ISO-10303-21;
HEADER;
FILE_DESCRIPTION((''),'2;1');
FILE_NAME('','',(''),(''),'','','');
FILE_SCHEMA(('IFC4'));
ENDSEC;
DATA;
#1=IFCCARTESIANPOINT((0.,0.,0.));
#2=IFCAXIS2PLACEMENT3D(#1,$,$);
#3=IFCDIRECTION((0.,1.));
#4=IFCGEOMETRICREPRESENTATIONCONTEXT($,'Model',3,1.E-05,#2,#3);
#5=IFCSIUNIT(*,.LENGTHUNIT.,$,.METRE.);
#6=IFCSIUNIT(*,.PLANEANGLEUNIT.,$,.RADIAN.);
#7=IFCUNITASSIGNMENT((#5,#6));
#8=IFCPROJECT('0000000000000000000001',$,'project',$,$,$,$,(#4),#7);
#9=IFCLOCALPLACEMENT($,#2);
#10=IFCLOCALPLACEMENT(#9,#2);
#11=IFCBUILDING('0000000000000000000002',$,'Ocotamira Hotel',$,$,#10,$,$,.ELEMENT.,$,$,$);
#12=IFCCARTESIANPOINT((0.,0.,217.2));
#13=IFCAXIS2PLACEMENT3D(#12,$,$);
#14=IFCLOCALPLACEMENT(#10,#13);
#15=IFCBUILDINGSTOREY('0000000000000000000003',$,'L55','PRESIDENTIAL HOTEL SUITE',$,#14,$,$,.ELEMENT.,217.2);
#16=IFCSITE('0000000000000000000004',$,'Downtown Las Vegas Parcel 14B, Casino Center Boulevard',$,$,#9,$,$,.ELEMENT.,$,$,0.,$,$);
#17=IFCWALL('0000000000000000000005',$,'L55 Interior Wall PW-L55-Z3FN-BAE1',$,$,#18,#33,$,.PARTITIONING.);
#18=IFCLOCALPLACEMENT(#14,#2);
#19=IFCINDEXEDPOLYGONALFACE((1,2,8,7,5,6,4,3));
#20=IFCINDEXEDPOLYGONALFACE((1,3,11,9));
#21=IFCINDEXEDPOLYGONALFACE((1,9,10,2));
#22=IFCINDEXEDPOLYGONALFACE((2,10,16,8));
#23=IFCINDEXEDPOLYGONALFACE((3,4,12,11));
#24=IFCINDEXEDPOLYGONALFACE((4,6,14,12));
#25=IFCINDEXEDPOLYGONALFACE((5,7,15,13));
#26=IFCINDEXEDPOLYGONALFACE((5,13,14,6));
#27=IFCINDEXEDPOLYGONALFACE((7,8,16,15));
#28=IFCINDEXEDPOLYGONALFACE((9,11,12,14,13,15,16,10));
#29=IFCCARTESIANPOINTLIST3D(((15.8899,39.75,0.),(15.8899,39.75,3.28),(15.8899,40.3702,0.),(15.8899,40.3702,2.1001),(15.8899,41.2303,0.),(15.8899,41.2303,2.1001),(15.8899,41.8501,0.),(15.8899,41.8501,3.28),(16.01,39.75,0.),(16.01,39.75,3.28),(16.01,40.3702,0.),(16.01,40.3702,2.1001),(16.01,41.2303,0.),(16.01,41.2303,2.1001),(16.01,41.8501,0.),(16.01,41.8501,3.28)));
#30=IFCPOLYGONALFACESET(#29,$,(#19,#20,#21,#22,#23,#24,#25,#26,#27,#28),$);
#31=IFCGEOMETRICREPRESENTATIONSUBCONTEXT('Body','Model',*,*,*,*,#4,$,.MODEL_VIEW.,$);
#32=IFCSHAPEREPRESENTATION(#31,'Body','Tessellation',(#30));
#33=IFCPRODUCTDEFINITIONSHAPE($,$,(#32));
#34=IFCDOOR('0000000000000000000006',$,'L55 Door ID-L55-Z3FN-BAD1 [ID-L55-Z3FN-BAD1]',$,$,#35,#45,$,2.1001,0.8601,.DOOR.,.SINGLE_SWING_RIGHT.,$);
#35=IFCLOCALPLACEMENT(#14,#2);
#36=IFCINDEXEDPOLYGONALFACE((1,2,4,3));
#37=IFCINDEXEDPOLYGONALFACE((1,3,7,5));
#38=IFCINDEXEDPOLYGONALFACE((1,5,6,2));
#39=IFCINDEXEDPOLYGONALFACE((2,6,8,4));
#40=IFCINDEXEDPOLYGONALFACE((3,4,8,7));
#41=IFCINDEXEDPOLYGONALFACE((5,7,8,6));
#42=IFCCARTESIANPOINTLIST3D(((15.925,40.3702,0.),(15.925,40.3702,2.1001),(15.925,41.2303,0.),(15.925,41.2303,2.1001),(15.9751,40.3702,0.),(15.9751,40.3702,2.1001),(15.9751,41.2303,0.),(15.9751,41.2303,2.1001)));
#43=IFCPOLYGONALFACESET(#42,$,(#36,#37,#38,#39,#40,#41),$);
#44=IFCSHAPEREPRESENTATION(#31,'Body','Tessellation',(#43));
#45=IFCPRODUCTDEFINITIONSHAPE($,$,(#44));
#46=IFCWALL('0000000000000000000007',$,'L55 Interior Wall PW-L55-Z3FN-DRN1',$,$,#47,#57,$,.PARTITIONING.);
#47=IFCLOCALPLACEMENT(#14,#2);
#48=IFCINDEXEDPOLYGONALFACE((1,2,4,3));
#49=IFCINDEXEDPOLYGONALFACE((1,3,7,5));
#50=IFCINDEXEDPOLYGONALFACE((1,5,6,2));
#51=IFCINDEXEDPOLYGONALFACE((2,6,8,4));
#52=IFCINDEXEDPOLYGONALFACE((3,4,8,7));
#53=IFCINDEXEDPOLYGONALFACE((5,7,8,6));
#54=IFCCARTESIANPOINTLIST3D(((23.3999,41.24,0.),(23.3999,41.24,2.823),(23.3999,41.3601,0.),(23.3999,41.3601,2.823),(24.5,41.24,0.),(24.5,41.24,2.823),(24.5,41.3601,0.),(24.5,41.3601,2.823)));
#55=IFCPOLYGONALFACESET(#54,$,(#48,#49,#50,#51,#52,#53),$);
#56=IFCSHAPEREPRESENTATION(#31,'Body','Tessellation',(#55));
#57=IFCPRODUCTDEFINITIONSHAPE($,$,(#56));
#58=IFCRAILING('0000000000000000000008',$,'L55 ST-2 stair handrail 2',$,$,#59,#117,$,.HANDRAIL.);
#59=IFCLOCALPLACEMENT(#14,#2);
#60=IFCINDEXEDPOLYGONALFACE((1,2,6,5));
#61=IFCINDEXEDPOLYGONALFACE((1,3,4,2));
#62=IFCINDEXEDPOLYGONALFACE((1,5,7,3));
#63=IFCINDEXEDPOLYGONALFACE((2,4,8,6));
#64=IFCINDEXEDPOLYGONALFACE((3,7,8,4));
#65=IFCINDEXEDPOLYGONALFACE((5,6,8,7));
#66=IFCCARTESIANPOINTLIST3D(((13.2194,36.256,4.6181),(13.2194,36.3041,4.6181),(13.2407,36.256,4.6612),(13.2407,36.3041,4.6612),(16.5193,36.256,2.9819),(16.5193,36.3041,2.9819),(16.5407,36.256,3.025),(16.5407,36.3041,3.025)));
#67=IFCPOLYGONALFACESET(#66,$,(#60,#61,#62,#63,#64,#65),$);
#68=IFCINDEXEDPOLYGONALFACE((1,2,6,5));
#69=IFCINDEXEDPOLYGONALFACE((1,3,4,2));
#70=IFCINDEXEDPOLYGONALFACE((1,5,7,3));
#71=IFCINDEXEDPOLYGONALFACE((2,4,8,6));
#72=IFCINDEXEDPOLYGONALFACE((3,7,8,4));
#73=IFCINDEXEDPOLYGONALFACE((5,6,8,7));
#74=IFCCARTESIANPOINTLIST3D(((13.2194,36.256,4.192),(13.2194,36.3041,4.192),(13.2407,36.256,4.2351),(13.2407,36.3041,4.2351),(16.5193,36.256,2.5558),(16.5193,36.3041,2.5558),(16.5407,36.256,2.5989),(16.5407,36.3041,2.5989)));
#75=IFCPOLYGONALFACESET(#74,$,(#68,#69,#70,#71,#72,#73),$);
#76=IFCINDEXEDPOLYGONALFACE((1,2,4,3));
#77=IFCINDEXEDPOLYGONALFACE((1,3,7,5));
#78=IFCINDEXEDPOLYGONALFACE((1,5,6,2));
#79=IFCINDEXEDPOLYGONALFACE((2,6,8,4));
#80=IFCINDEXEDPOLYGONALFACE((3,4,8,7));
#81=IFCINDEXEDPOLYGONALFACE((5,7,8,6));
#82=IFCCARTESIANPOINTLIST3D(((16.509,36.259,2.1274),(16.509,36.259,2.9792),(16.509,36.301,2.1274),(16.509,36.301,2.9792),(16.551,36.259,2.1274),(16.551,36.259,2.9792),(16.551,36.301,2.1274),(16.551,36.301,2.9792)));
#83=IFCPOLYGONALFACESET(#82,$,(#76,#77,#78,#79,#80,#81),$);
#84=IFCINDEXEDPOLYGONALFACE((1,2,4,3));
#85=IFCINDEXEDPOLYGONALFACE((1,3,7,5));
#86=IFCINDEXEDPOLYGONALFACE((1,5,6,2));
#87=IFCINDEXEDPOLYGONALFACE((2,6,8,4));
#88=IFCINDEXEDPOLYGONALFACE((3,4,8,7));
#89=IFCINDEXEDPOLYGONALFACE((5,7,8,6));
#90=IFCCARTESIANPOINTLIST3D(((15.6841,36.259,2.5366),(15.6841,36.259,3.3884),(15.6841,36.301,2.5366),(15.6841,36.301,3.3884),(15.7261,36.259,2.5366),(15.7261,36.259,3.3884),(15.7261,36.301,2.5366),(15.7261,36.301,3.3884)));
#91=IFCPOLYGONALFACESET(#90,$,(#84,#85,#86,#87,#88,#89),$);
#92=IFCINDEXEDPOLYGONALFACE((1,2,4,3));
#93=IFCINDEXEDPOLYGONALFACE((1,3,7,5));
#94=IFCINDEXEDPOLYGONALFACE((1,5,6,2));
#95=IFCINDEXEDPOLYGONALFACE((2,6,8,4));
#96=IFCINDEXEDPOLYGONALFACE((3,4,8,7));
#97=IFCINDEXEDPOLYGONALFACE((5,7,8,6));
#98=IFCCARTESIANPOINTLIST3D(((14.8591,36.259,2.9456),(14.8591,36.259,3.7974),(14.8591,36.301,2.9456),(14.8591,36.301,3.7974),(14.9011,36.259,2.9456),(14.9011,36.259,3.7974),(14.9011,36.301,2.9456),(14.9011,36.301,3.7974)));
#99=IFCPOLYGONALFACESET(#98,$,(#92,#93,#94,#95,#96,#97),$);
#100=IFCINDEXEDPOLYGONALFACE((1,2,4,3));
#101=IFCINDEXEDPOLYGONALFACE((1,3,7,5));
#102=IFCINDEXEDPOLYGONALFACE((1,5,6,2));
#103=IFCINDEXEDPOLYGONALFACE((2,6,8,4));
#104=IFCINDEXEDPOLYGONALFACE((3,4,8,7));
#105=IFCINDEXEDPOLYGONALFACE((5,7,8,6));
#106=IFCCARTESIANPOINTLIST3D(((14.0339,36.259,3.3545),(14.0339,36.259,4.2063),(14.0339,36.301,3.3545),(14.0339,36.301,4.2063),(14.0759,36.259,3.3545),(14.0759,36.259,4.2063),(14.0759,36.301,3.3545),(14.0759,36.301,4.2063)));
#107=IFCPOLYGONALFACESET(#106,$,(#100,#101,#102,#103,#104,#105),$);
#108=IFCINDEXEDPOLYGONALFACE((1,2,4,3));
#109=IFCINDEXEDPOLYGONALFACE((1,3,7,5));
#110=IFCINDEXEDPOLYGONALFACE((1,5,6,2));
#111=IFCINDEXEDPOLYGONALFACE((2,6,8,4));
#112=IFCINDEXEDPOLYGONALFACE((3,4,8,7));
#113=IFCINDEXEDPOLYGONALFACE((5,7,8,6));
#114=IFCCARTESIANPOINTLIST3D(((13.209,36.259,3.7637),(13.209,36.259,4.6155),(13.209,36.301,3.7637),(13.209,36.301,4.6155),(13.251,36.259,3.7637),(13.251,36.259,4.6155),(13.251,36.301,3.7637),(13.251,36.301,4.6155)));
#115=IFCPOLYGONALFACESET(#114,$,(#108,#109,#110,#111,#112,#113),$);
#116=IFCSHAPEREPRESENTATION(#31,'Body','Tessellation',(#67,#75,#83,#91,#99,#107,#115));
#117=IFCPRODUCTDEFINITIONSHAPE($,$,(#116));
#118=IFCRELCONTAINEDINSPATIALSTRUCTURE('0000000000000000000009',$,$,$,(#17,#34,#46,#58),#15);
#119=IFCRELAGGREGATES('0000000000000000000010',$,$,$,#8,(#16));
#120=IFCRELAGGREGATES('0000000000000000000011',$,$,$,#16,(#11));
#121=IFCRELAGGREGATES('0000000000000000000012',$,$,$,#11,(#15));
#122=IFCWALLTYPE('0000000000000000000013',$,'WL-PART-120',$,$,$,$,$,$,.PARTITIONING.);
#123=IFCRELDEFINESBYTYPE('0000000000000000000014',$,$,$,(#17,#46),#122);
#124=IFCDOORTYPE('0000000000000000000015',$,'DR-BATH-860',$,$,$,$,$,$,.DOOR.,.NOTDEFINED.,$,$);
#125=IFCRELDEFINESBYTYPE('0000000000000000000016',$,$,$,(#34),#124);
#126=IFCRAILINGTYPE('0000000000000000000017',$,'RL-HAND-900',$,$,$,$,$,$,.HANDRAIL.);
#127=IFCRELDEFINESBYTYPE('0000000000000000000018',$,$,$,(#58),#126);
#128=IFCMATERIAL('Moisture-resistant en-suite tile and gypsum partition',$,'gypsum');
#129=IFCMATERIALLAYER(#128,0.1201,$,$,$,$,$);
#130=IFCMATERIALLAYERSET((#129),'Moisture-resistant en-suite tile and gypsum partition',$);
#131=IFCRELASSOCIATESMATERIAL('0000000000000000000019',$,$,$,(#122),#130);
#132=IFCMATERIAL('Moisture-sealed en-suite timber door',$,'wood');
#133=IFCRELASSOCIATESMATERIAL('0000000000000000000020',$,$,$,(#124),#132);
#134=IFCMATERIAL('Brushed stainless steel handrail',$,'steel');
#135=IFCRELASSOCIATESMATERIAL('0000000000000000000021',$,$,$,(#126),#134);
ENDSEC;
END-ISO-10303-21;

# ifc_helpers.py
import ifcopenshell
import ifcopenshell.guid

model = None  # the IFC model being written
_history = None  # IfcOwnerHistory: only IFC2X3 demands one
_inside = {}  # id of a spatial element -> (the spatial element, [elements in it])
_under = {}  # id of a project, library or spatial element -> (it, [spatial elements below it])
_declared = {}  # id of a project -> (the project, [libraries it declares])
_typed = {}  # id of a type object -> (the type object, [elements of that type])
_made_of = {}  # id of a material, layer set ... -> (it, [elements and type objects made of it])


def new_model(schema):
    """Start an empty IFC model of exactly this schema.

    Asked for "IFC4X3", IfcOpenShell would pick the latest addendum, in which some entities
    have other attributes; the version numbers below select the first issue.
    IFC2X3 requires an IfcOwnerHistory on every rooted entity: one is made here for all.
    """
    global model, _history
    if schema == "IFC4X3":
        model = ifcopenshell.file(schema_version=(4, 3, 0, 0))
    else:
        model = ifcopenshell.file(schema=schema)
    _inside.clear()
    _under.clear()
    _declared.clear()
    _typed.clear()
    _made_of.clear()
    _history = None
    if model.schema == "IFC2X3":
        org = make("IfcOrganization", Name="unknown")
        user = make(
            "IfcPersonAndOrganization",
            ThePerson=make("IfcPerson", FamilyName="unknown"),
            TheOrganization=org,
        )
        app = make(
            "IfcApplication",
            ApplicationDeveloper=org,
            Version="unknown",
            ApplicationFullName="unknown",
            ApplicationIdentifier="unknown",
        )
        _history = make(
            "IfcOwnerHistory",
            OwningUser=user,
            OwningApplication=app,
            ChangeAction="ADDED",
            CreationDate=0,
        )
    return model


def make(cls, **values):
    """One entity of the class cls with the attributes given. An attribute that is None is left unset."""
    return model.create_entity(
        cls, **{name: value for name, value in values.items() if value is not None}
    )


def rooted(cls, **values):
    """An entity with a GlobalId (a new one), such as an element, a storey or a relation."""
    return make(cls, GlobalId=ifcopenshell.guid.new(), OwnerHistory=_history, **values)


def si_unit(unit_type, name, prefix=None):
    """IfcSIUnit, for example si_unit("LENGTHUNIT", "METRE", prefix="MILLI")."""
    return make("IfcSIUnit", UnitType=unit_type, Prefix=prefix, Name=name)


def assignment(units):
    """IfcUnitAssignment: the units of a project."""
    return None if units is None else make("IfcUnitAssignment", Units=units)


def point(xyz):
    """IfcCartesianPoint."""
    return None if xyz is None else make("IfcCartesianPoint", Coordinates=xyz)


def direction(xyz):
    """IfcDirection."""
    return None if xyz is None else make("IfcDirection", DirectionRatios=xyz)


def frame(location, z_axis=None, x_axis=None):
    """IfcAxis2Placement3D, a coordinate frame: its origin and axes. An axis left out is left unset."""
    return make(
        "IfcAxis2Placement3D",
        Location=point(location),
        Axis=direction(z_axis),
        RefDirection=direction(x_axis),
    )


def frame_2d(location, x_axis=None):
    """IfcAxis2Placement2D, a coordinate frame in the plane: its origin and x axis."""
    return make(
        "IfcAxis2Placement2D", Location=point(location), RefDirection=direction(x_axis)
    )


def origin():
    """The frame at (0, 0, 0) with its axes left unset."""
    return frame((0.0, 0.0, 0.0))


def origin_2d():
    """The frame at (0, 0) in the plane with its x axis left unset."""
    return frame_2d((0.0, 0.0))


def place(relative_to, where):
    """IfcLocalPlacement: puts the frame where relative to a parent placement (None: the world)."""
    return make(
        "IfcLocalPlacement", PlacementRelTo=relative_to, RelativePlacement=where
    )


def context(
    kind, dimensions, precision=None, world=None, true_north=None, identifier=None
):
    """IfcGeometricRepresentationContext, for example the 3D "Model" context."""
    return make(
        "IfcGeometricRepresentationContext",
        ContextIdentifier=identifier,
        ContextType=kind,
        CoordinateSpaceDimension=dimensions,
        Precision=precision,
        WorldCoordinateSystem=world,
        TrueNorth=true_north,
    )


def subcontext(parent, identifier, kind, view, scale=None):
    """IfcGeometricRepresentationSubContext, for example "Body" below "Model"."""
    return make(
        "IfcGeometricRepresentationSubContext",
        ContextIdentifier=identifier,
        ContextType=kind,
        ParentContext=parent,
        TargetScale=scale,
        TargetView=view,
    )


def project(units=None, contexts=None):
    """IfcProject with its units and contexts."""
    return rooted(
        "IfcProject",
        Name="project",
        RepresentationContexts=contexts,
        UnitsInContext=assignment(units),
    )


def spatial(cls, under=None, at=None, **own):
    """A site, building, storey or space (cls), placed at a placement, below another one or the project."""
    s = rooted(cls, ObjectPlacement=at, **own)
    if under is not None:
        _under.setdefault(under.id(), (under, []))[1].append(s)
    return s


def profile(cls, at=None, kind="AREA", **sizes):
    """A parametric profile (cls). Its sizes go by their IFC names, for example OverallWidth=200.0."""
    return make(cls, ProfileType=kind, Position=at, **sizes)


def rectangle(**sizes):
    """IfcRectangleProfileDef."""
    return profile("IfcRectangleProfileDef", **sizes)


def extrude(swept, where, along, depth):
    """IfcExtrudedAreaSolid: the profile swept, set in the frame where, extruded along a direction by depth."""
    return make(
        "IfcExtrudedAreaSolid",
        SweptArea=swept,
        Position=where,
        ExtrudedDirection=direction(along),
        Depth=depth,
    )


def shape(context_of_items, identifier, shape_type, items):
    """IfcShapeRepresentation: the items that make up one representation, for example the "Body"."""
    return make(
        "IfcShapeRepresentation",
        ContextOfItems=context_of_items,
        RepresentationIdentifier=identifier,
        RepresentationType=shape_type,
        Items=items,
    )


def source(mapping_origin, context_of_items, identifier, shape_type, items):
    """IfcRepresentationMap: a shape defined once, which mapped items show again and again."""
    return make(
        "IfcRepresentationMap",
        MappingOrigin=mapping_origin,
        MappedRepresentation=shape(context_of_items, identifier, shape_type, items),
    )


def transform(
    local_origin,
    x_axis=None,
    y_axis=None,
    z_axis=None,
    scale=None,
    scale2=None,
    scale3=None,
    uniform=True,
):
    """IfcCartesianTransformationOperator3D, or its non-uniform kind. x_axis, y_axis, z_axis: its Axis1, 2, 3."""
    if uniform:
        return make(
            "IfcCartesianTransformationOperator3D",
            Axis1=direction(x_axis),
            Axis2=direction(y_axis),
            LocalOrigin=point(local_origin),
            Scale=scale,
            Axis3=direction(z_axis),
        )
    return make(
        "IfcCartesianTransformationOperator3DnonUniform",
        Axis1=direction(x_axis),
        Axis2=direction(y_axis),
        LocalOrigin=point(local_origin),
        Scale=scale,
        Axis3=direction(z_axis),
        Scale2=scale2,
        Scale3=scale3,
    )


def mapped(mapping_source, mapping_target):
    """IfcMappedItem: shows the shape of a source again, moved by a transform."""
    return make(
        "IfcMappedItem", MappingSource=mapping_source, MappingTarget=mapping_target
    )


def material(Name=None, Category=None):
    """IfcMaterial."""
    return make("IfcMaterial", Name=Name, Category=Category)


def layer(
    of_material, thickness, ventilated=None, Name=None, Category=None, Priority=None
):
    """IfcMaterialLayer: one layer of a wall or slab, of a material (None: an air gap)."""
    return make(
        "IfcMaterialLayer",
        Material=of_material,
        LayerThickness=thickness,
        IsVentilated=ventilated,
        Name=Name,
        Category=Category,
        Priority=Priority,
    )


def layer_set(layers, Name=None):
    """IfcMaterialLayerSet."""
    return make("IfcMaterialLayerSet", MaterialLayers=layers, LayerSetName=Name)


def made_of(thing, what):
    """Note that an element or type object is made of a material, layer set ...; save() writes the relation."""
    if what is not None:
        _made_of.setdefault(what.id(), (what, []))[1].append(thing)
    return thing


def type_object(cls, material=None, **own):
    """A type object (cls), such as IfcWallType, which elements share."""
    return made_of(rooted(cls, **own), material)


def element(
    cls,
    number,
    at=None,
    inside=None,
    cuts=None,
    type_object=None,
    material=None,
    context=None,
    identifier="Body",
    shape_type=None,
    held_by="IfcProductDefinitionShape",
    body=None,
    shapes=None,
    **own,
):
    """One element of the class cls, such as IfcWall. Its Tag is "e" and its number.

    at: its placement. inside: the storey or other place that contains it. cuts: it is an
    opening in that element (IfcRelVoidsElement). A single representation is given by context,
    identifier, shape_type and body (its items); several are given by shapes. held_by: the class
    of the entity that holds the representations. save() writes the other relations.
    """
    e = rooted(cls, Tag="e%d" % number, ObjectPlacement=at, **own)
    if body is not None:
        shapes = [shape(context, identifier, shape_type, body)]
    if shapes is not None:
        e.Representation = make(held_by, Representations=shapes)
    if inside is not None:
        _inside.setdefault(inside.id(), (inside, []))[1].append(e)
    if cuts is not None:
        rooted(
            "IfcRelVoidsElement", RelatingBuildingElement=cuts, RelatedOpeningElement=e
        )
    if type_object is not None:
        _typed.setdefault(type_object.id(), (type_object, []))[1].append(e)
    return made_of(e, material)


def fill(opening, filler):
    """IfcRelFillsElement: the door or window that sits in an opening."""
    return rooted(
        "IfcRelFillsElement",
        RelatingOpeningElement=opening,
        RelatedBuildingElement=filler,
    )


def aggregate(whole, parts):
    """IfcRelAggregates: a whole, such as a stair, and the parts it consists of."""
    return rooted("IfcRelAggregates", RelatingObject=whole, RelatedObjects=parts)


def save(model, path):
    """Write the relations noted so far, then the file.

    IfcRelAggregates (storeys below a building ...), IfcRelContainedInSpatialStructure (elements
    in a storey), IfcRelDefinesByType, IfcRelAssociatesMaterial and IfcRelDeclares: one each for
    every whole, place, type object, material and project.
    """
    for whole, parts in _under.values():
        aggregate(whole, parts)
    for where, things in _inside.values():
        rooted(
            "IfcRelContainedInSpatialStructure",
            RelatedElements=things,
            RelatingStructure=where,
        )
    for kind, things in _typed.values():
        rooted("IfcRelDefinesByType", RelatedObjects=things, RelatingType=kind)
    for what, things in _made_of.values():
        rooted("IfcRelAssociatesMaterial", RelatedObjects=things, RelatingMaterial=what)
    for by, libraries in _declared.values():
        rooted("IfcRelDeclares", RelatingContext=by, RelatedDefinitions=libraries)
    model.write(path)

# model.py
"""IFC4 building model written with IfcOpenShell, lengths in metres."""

from ifc_helpers import new_model, si_unit, direction, frame, frame_2d, origin, origin_2d, place, context, subcontext, project, spatial, rectangle, extrude, source, transform, mapped, material, layer, layer_set, type_object, element, fill, save


model = new_model("IFC4")

# Units and contexts
model_context = context("Model", 3, precision=1e-05, world=origin(), true_north=direction((0.0, 1.0)))
body_context = subcontext(model_context, "Body", "Model", "MODEL_VIEW")
ifc_project = project(units=[si_unit("LENGTHUNIT", "METRE"), si_unit("PLANEANGLEUNIT", "RADIAN")], contexts=[model_context])

# Site, building, storey
site_placement = place(None, origin())
site = spatial("IfcSite", under=ifc_project, at=site_placement, Name="Downtown Las Vegas Parcel 14B, Casino Center Boulevard", CompositionType="ELEMENT", RefElevation=0.0)
building_placement = place(site_placement, origin())
building = spatial("IfcBuilding", under=site, at=building_placement, Name="Ocotamira Hotel", CompositionType="ELEMENT")
storey_placement = place(building_placement, frame((0.0, 0.0, 217.2)))
storey = spatial("IfcBuildingStorey", under=building, at=storey_placement, Name="L55", Description="PRESIDENTIAL HOTEL SUITE", CompositionType="ELEMENT", Elevation=217.2)

# Wall, opening, door
ifc_material_1 = material(Name="Moisture-resistant en-suite tile and gypsum partition", Category="gypsum")
ifc_layer_1 = layer(ifc_material_1, 0.1201)
ifc_layer_set_1 = layer_set([ifc_layer_1], Name="Moisture-resistant en-suite tile and gypsum partition")
wall_type = type_object("IfcWallType", Name="WL-PART-120", PredefinedType="PARTITIONING", material=ifc_layer_set_1)
wall_1_placement = place(storey_placement, frame((15.95, 39.75, 0.0), z_axis=(0.0, 0.0, 1.0), x_axis=(0.0, 1.0, 0.0)))
wall_1 = element("IfcWall", 1, at=wall_1_placement, inside=storey, type_object=wall_type, Name="L55 Interior Wall PW-L55-Z3FN-BAE1", PredefinedType="PARTITIONING", context=body_context, shape_type="SweptSolid", body=[
    extrude(rectangle(XDim=2.1001, YDim=0.1201, at=frame_2d((1.05, 0.0))), origin(), (0.0, 0.0, 1.0), 3.28),
])
opening_placement = place(wall_1_placement, frame((0.6201, 0.0, 0.0)))
opening = element("IfcOpeningElement", 2, at=opening_placement, cuts=wall_1, PredefinedType="OPENING", context=body_context, shape_type="SweptSolid", body=[
    extrude(rectangle(XDim=0.8601, YDim=2.1001, at=frame_2d((0.4302, 1.05))), frame((0.0, 0.0701, 0.0), z_axis=(0.0, -1.0, 0.0), x_axis=(1.0, 0.0, 0.0)), (0.0, 0.0, 1.0), 0.1401),
])
ifc_material_2 = material(Name="Moisture-sealed en-suite timber door", Category="wood")
door_type = type_object("IfcDoorType", Name="DR-BATH-860", OperationType="NOTDEFINED", PredefinedType="DOOR", material=ifc_material_2)
shared_shape_1 = source(origin(), body_context, "Body", "SweptSolid", [
    extrude(rectangle(XDim=0.8601, YDim=2.1001, at=frame_2d((0.4302, 1.05))), frame((0.0, 0.0249, 0.0), z_axis=(0.0, -1.0, 0.0), x_axis=(1.0, 0.0, 0.0)), (0.0, 0.0, 1.0), 0.05),
])
door_placement = place(opening_placement, origin())
door = element("IfcDoor", 3, at=door_placement, inside=storey, type_object=door_type, Name="L55 Door ID-L55-Z3FN-BAD1 [ID-L55-Z3FN-BAD1]", OperationType="SINGLE_SWING_RIGHT", OverallHeight=2.1001, OverallWidth=0.8601, PredefinedType="DOOR", context=body_context, shape_type="MappedRepresentation", body=[
    mapped(shared_shape_1, transform((0.0, 0.0, 0.0), scale=1.0)),
])
fill(opening, door)

# Wall
wall_2_placement = place(storey_placement, frame((23.3999, 41.3, 0.0), z_axis=(0.0, 0.0, 1.0), x_axis=(1.0, 0.0, 0.0)))
element("IfcWall", 4, at=wall_2_placement, inside=storey, type_object=wall_type, Name="L55 Interior Wall PW-L55-Z3FN-DRN1", PredefinedType="PARTITIONING", context=body_context, shape_type="SweptSolid", body=[
    extrude(rectangle(XDim=1.1001, YDim=0.1201, at=frame_2d((0.55, 0.0))), origin(), (0.0, 0.0, 1.0), 2.823),
])

# Railing
ifc_material_3 = material(Name="Brushed stainless steel handrail", Category="steel")
railing_type = type_object("IfcRailingType", Name="RL-HAND-900", PredefinedType="HANDRAIL", material=ifc_material_3)
railing_placement = place(storey_placement, frame((16.53, 36.28, 2.1274)))
element("IfcRailing", 5, at=railing_placement, inside=storey, type_object=railing_type, Name="L55 ST-2 stair handrail 2", PredefinedType="HANDRAIL", context=body_context, shape_type="SweptSolid", body=[
    extrude(rectangle(XDim=0.0481, YDim=0.0481, at=origin_2d()), frame((0.0, 0.0, 0.876), z_axis=(-0.89592, 0.0, 0.444215), x_axis=(0.0, -1.0, 0.0)), (0.0, 0.0, 1.0), 3.6833),
    extrude(rectangle(XDim=0.0481, YDim=0.0481, at=origin_2d()), frame((0.0, 0.0, 0.45), z_axis=(-0.89592, 0.0, 0.444215), x_axis=(0.0, -1.0, 0.0)), (0.0, 0.0, 1.0), 3.6833),
    extrude(rectangle(XDim=0.042, YDim=0.042, at=origin_2d()), origin(), (0.0, 0.0, 1.0), 0.8518),
    extrude(rectangle(XDim=0.042, YDim=0.042, at=origin_2d()), frame((-0.825, 0.0, 0.4092)), (0.0, 0.0, 1.0), 0.8518),
    extrude(rectangle(XDim=0.042, YDim=0.042, at=origin_2d()), frame((-1.6499, 0.0, 0.8181)), (0.0, 0.0, 1.0), 0.8518),
    extrude(rectangle(XDim=0.042, YDim=0.042, at=origin_2d()), frame((-2.4751, 0.0, 1.2271)), (0.0, 0.0, 1.0), 0.8518),
    extrude(rectangle(XDim=0.042, YDim=0.042, at=origin_2d()), frame((-3.3, 0.0, 1.6362)), (0.0, 0.0, 1.0), 0.8518),
])

save(model, "model.ifc")
